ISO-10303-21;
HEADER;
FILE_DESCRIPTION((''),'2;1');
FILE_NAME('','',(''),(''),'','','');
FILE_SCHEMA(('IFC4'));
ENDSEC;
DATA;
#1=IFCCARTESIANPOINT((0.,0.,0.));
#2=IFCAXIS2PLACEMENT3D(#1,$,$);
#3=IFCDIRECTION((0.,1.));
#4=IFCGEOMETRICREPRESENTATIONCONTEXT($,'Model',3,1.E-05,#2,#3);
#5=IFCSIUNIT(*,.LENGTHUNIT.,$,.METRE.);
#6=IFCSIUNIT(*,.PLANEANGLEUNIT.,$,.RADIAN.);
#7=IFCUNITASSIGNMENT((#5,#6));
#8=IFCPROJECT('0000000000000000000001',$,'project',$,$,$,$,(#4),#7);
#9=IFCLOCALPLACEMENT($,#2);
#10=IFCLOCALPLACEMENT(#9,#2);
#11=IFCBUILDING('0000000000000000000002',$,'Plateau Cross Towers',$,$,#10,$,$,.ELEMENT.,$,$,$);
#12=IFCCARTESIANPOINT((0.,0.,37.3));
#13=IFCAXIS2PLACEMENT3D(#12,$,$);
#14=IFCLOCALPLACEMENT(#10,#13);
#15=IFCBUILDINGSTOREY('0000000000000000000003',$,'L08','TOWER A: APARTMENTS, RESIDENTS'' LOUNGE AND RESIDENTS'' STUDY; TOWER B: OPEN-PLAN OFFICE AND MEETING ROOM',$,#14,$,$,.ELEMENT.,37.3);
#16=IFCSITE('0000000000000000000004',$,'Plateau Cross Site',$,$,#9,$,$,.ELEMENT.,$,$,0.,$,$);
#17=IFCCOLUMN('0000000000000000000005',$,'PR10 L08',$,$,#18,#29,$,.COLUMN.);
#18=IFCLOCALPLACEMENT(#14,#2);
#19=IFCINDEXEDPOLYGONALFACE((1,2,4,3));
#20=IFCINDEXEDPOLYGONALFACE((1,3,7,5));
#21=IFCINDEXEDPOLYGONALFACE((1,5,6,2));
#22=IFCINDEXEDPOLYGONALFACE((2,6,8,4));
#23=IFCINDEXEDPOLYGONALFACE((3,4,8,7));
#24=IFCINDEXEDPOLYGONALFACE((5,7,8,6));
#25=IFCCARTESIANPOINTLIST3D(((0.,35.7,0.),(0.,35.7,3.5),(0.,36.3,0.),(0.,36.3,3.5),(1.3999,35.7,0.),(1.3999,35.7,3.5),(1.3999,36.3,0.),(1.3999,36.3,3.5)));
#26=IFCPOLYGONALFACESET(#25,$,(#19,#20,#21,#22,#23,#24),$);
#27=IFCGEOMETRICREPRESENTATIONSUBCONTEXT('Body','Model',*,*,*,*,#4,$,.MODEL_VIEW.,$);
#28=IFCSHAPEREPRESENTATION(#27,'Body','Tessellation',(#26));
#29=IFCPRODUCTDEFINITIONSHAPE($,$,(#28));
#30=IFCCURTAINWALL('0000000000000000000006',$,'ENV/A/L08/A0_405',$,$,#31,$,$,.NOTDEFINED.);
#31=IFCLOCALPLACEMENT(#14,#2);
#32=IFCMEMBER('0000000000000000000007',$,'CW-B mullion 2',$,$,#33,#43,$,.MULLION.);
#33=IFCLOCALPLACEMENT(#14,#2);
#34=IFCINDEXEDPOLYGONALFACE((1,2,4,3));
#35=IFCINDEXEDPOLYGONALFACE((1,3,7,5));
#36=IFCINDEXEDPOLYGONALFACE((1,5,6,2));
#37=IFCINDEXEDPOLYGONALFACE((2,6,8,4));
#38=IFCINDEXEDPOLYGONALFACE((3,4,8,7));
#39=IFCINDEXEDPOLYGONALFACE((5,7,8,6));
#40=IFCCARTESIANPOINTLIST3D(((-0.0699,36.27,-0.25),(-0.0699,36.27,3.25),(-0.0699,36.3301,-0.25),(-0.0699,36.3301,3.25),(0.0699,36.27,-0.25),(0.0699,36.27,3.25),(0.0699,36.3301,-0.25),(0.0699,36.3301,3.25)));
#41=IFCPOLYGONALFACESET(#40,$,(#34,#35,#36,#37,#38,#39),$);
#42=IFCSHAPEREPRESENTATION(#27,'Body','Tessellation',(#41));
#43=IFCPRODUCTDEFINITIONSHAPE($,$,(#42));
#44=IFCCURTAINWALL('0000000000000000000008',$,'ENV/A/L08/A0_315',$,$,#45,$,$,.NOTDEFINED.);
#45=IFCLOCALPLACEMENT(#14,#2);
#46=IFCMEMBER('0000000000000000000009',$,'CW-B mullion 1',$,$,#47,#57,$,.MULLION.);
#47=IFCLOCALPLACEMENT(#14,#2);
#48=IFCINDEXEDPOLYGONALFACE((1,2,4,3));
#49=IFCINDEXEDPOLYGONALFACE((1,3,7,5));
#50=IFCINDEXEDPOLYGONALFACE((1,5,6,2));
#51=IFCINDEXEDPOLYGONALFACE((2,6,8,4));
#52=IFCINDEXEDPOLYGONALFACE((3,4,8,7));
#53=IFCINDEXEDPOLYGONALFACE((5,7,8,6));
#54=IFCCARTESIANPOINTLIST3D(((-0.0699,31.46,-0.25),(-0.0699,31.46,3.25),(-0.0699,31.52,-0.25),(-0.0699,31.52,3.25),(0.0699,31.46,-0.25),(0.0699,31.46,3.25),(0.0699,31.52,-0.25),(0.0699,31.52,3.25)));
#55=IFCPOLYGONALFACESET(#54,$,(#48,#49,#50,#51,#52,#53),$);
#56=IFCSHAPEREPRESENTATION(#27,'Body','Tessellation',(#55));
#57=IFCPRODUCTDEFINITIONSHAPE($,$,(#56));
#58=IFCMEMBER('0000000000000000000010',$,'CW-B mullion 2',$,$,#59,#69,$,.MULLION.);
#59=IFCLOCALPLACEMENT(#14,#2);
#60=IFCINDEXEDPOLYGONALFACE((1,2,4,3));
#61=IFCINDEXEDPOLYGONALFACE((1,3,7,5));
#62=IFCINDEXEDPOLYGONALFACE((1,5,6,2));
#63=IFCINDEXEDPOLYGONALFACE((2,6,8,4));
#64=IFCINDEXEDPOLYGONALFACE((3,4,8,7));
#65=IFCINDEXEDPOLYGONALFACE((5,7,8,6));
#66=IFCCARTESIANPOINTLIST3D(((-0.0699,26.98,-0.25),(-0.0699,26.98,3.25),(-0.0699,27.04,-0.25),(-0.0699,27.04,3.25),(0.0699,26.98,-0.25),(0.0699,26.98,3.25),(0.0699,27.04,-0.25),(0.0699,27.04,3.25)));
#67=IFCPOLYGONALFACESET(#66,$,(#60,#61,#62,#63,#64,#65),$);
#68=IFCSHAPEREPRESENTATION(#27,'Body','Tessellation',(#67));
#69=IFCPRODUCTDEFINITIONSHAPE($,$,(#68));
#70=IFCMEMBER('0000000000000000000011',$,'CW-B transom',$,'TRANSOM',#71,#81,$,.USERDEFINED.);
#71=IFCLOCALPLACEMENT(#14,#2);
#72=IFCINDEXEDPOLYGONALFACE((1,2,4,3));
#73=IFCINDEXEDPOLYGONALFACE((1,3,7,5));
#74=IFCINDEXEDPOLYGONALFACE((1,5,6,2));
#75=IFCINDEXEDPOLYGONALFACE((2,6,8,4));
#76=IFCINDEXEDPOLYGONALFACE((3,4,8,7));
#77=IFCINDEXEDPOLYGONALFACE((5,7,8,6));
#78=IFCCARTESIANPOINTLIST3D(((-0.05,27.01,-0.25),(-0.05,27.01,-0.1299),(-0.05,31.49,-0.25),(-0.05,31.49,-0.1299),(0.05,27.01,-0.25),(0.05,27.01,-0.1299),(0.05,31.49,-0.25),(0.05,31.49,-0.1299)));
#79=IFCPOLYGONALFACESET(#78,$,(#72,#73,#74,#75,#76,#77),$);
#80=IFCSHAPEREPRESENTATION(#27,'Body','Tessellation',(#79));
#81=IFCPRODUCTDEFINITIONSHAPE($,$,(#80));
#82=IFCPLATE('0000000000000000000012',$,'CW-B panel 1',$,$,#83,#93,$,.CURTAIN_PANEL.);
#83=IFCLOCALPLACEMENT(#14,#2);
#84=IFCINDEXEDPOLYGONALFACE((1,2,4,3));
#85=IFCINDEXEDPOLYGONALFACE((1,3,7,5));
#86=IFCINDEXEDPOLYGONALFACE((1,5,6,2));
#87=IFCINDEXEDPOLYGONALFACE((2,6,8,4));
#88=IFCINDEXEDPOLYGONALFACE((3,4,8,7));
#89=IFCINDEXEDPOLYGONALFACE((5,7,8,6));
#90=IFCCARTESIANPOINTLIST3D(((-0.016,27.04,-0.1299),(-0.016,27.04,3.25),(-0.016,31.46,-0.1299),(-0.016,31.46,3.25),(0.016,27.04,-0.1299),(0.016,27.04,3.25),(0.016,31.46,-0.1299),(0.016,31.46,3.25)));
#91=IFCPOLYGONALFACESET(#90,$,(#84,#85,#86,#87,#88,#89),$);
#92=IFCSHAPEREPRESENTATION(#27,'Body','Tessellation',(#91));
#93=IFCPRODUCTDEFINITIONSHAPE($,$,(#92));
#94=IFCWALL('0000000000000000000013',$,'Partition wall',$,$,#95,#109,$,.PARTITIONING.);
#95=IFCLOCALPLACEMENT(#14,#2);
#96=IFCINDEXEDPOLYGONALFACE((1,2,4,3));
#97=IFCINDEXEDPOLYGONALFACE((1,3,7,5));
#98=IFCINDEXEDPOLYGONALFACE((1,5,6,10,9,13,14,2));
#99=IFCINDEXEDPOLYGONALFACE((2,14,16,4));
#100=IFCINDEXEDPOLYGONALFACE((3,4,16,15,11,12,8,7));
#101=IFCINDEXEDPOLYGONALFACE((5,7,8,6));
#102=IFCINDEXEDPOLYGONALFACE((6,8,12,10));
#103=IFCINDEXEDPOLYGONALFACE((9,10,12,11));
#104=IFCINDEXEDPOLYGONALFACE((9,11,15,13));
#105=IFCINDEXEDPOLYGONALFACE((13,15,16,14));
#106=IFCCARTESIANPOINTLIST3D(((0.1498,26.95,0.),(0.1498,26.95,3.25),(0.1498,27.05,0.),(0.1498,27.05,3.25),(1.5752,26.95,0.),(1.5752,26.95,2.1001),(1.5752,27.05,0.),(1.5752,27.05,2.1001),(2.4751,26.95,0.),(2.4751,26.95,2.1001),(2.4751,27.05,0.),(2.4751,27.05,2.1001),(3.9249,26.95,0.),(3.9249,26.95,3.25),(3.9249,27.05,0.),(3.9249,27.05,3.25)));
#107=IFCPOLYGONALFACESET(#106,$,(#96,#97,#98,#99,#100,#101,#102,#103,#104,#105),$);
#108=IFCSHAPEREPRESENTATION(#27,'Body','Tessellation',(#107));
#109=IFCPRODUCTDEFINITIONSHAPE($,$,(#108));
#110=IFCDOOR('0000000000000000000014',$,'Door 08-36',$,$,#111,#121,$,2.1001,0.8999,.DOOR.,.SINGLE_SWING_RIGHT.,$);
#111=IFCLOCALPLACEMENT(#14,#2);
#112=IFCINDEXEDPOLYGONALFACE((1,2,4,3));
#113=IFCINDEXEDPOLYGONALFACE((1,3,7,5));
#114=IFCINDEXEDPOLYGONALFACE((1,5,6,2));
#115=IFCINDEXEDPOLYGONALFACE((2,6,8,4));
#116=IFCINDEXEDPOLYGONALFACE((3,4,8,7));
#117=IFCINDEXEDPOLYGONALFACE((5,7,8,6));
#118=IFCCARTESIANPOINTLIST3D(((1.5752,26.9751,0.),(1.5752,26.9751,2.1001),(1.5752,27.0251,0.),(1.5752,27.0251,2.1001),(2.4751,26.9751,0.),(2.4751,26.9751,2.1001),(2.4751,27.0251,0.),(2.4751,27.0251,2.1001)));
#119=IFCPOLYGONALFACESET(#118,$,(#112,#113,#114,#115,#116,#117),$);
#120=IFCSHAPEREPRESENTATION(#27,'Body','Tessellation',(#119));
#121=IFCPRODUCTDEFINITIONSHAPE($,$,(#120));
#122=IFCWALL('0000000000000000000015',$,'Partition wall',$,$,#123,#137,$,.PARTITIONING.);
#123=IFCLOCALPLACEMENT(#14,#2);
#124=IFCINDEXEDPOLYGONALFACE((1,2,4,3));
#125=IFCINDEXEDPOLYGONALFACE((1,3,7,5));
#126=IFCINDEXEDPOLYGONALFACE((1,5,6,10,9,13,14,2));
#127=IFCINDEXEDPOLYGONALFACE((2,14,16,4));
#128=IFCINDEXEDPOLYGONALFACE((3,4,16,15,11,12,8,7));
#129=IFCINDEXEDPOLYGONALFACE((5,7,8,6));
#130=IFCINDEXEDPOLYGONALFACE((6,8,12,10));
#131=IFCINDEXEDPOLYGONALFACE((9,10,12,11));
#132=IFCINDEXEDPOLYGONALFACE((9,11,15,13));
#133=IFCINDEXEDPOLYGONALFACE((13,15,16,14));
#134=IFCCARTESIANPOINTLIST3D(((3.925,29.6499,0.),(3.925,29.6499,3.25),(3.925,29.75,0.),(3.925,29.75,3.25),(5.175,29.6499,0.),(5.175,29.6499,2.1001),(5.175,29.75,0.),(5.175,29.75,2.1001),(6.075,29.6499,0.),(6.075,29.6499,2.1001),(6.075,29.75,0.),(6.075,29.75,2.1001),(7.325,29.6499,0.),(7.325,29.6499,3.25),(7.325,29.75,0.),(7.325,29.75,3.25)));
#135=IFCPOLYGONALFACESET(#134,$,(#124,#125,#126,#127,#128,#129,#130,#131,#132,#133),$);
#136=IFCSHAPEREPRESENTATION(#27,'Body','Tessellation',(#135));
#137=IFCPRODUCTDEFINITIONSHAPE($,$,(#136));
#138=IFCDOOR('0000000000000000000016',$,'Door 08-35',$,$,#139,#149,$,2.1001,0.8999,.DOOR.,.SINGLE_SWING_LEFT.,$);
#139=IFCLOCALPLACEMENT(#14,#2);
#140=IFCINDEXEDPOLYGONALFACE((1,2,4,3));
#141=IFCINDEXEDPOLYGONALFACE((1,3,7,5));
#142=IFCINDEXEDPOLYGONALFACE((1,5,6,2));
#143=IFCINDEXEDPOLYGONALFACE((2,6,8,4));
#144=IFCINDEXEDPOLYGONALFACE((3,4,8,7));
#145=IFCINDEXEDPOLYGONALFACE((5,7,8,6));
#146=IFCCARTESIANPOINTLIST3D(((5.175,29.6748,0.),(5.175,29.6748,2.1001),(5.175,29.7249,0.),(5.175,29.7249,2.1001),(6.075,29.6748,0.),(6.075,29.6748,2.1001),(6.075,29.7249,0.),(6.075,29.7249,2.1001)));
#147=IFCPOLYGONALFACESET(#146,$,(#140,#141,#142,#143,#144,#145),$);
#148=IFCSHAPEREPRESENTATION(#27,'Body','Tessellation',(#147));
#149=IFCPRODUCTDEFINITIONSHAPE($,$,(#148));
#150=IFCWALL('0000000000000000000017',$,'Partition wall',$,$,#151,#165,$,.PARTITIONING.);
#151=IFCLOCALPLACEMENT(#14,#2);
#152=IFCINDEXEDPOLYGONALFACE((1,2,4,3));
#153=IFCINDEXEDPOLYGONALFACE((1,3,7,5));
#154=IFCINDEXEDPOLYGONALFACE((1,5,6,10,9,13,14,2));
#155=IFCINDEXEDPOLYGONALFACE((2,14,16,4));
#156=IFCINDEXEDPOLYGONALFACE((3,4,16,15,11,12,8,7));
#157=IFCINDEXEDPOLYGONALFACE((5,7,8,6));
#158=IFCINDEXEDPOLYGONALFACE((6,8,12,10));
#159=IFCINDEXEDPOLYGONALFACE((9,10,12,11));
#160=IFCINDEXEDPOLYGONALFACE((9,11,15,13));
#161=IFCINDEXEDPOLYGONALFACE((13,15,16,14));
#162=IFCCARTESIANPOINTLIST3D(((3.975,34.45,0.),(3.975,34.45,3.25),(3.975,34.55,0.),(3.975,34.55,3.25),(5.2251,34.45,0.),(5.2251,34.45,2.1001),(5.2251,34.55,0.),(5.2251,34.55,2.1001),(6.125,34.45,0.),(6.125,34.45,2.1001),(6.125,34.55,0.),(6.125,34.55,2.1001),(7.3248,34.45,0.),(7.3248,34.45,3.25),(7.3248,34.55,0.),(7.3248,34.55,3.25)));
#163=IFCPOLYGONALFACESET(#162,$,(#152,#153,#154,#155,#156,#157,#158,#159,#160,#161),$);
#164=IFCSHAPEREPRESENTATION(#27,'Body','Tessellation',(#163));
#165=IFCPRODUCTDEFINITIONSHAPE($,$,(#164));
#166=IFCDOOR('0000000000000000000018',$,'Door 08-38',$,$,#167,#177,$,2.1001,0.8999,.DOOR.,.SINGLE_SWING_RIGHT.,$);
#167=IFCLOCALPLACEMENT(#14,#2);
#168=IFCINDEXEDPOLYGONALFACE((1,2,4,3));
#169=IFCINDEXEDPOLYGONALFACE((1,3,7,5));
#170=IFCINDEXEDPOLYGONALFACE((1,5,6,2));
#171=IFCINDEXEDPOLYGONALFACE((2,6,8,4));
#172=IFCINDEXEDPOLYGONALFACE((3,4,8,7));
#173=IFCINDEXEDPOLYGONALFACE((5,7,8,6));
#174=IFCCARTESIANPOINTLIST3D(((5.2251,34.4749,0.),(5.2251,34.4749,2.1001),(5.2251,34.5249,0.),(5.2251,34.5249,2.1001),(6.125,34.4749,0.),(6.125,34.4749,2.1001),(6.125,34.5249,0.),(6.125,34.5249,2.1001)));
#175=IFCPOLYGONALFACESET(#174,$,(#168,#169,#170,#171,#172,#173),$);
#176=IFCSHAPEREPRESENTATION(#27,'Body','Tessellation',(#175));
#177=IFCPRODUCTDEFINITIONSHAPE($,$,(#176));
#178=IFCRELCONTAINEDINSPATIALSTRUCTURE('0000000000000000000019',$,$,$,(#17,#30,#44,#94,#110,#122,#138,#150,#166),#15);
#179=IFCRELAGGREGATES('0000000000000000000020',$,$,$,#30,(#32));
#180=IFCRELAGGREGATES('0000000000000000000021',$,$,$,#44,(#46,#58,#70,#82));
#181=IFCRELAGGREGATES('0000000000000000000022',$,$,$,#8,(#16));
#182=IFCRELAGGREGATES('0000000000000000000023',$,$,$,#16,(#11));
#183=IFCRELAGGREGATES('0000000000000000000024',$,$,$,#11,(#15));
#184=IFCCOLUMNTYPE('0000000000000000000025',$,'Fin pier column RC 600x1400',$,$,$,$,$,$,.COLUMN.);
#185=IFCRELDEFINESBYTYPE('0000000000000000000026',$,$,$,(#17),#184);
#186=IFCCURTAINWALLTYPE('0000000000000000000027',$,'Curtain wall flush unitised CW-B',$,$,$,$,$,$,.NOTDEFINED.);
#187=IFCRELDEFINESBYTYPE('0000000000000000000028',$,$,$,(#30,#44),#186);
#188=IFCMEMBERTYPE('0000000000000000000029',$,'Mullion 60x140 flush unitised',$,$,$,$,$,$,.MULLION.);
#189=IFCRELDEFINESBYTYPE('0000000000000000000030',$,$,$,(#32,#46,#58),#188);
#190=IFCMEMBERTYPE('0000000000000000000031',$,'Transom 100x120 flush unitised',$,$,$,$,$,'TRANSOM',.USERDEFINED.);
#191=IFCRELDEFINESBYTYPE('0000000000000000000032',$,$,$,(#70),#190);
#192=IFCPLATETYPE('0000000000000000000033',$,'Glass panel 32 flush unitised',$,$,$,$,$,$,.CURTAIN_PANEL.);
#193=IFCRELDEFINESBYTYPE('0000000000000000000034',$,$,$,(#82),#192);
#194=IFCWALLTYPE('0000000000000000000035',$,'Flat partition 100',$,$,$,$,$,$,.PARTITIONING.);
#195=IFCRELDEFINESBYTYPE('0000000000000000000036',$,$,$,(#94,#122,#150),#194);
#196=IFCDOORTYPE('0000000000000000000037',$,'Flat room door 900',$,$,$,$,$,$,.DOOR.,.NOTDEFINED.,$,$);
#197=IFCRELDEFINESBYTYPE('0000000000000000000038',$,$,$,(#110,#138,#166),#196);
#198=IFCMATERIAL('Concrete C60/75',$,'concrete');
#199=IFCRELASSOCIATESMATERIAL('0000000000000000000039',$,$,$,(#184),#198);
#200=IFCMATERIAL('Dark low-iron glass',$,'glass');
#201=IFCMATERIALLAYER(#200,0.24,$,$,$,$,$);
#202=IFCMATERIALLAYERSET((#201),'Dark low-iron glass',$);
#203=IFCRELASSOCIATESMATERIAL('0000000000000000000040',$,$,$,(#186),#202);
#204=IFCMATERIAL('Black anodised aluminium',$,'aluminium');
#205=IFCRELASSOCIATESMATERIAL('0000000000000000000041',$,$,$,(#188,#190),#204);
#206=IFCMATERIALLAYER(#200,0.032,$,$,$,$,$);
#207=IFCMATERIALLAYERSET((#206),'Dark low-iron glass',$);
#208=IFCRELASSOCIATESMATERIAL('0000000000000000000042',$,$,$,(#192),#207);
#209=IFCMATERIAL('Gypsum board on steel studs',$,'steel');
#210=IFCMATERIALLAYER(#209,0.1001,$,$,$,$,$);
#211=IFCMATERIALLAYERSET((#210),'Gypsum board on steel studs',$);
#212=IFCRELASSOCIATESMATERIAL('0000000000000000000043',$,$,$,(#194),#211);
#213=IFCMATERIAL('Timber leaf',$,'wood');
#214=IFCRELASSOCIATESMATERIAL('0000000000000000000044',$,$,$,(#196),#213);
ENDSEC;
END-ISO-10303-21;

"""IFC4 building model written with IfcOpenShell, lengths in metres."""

from ifc_helpers import new_model, si_unit, direction, frame, frame_2d, origin, origin_2d, place, context, subcontext, project, spatial, rectangle, extrude, material, layer, layer_set, material_profile, profile_set, type_object, element, fill, aggregate, save


model = new_model("IFC4")

# Units and contexts
model_context = context("Model", 3, precision=1e-05, world=origin(), true_north=direction((0.0, 1.0)))
body_context = subcontext(model_context, "Body", "Model", "MODEL_VIEW")
ifc_project = project(units=[si_unit("LENGTHUNIT", "METRE"), si_unit("PLANEANGLEUNIT", "RADIAN")], contexts=[model_context])

# Site, building, storey
site_placement = place(None, origin())
site = spatial("IfcSite", under=ifc_project, at=site_placement, Name="Plateau Cross Site", CompositionType="ELEMENT", RefElevation=0.0)
building_placement = place(site_placement, origin())
building = spatial("IfcBuilding", under=site, at=building_placement, Name="Plateau Cross Towers", CompositionType="ELEMENT")
storey_placement = place(building_placement, frame((0.0, 0.0, 37.3)))
storey = spatial("IfcBuildingStorey", under=building, at=storey_placement, Name="L08", Description="TOWER A: APARTMENTS, RESIDENTS' LOUNGE AND RESIDENTS' STUDY; TOWER B: OPEN-PLAN OFFICE AND MEETING ROOM", CompositionType="ELEMENT", Elevation=37.3)

# Column
ifc_material_1 = material(Name="Concrete C60/75", Category="concrete")
ifc_material_profile_1 = material_profile(ifc_material_1, rectangle(XDim=0.6001, YDim=1.3999, at=origin_2d()), Name="RC 600x1400")
ifc_profile_set_1 = profile_set([ifc_material_profile_1], Name="Concrete C60/75")
column_type = type_object("IfcColumnType", Name="Fin pier column RC 600x1400", PredefinedType="COLUMN", material=ifc_profile_set_1)
column_placement = place(storey_placement, frame((0.7, 36.0, 0.0), z_axis=(0.0, 0.0, 1.0), x_axis=(0.0, 1.0, 0.0)))
element("IfcColumn", 1, at=column_placement, inside=storey, type_object=column_type, Name="PR10 L08", PredefinedType="COLUMN", context=body_context, shape_type="SweptSolid", body=[
    extrude(rectangle(XDim=0.6001, YDim=1.3999, at=origin_2d()), origin(), (0.0, 0.0, 1.0), 3.5),
])

# Curtain wall, member
ifc_material_2 = material(Name="Dark low-iron glass", Category="glass")
ifc_layer_1 = layer(ifc_material_2, 0.24)
ifc_layer_set_1 = layer_set([ifc_layer_1], Name="Dark low-iron glass")
curtain_wall_type = type_object("IfcCurtainWallType", Name="Curtain wall flush unitised CW-B", PredefinedType="NOTDEFINED", material=ifc_layer_set_1)
curtain_wall_1_placement = place(storey_placement, origin())
curtain_wall_1 = element("IfcCurtainWall", 2, at=curtain_wall_1_placement, inside=storey, type_object=curtain_wall_type, Name="ENV/A/L08/A0_405", PredefinedType="NOTDEFINED")
ifc_material_3 = material(Name="Black anodised aluminium", Category="aluminium")
ifc_material_profile_2 = material_profile(ifc_material_3, rectangle(XDim=0.0601, YDim=0.1399, at=origin_2d()), Name="MULLION 60x140")
ifc_profile_set_2 = profile_set([ifc_material_profile_2], Name="Black anodised aluminium")
member_type_1 = type_object("IfcMemberType", Name="Mullion 60x140 flush unitised", PredefinedType="MULLION", material=ifc_profile_set_2)
member_1_placement = place(storey_placement, frame((0.0, 36.3, -0.25), z_axis=(0.0, 0.0, 1.0), x_axis=(0.0, -1.0, 0.0)))
member_1 = element("IfcMember", 3, at=member_1_placement, type_object=member_type_1, Name="CW-B mullion 2", PredefinedType="MULLION", context=body_context, shape_type="SweptSolid", body=[
    extrude(rectangle(XDim=0.0601, YDim=0.1399, at=origin_2d()), origin(), (0.0, 0.0, 1.0), 3.5),
])
aggregate(curtain_wall_1, [member_1])

# Curtain wall, members, plate
curtain_wall_2_placement = place(storey_placement, origin())
curtain_wall_2 = element("IfcCurtainWall", 4, at=curtain_wall_2_placement, inside=storey, type_object=curtain_wall_type, Name="ENV/A/L08/A0_315", PredefinedType="NOTDEFINED")
member_2_placement = place(storey_placement, frame((0.0, 31.49, -0.25), z_axis=(0.0, 0.0, 1.0), x_axis=(0.0, -1.0, 0.0)))
member_2 = element("IfcMember", 5, at=member_2_placement, type_object=member_type_1, Name="CW-B mullion 1", PredefinedType="MULLION", context=body_context, shape_type="SweptSolid", body=[
    extrude(rectangle(XDim=0.0601, YDim=0.1399, at=origin_2d()), origin(), (0.0, 0.0, 1.0), 3.5),
])
member_3_placement = place(storey_placement, frame((0.0, 27.01, -0.25), z_axis=(0.0, 0.0, 1.0), x_axis=(0.0, -1.0, 0.0)))
member_3 = element("IfcMember", 6, at=member_3_placement, type_object=member_type_1, Name="CW-B mullion 2", PredefinedType="MULLION", context=body_context, shape_type="SweptSolid", body=[
    extrude(rectangle(XDim=0.0601, YDim=0.1399, at=origin_2d()), origin(), (0.0, 0.0, 1.0), 3.5),
])
ifc_material_profile_3 = material_profile(ifc_material_3, rectangle(XDim=0.1001, YDim=0.1201, at=origin_2d()), Name="TRANSOM 100x120")
ifc_profile_set_3 = profile_set([ifc_material_profile_3], Name="Black anodised aluminium")
member_type_2 = type_object("IfcMemberType", Name="Transom 100x120 flush unitised", ElementType="TRANSOM", PredefinedType="USERDEFINED", material=ifc_profile_set_3)
member_4_placement = place(storey_placement, frame((0.0, 31.49, -0.1899), z_axis=(0.0, -1.0, 0.0), x_axis=(1.0, 0.0, 0.0)))
member_4 = element("IfcMember", 7, at=member_4_placement, type_object=member_type_2, Name="CW-B transom", ObjectType="TRANSOM", PredefinedType="USERDEFINED", context=body_context, shape_type="SweptSolid", body=[
    extrude(rectangle(XDim=0.1001, YDim=0.1201, at=origin_2d()), origin(), (0.0, 0.0, 1.0), 4.48),
])
ifc_layer_2 = layer(ifc_material_2, 0.032)
ifc_layer_set_2 = layer_set([ifc_layer_2], Name="Dark low-iron glass")
plate_type = type_object("IfcPlateType", Name="Glass panel 32 flush unitised", PredefinedType="CURTAIN_PANEL", material=ifc_layer_set_2)
plate_placement = place(storey_placement, frame((0.0, 29.25, -0.1299), z_axis=(0.0, 0.0, 1.0), x_axis=(0.0, -1.0, 0.0)))
plate = element("IfcPlate", 8, at=plate_placement, type_object=plate_type, Name="CW-B panel 1", PredefinedType="CURTAIN_PANEL", context=body_context, shape_type="SweptSolid", body=[
    extrude(rectangle(XDim=4.4199, YDim=0.032, at=origin_2d()), origin(), (0.0, 0.0, 1.0), 3.3799),
])
aggregate(curtain_wall_2, [member_2, member_3, member_4, plate])

# Walls, openings, doors
ifc_material_4 = material(Name="Gypsum board on steel studs", Category="steel")
ifc_layer_3 = layer(ifc_material_4, 0.1001)
ifc_layer_set_3 = layer_set([ifc_layer_3], Name="Gypsum board on steel studs")
wall_type_1 = type_object("IfcWallType", Name="Flat partition 100", PredefinedType="PARTITIONING", material=ifc_layer_set_3)
wall_1_placement = place(storey_placement, frame((3.925, 27.0, 0.0), z_axis=(0.0, 0.0, 1.0), x_axis=(-1.0, 0.0, 0.0)))
wall_1 = element("IfcWall", 9, at=wall_1_placement, inside=storey, type_object=wall_type_1, Name="Partition wall", PredefinedType="PARTITIONING", context=body_context, shape_type="SweptSolid", body=[
    extrude(rectangle(XDim=3.7751, YDim=0.1001, at=frame_2d((1.8877, 0.0))), origin(), (0.0, 0.0, 1.0), 3.25),
])
opening_1_placement = place(wall_1_placement, frame((1.45, 0.0, 0.0)))
opening_1 = element("IfcOpeningElement", 10, at=opening_1_placement, cuts=wall_1, PredefinedType="OPENING", context=body_context, shape_type="SweptSolid", body=[
    extrude(rectangle(XDim=0.8999, YDim=2.1001, at=frame_2d((0.45, 1.05))), frame((0.0, 0.0601, 0.0), z_axis=(0.0, -1.0, 0.0), x_axis=(1.0, 0.0, 0.0)), (0.0, 0.0, 1.0), 0.1201),
])
ifc_material_5 = material(Name="Timber leaf", Category="wood")
door_type_1 = type_object("IfcDoorType", Name="Flat room door 900", OperationType="NOTDEFINED", PredefinedType="DOOR", material=ifc_material_5)
door_1_placement = place(opening_1_placement, origin())
door_1 = element("IfcDoor", 11, at=door_1_placement, inside=storey, type_object=door_type_1, Name="Door 08-36", OperationType="SINGLE_SWING_RIGHT", OverallHeight=2.1001, OverallWidth=0.8999, PredefinedType="DOOR", context=body_context, shape_type="SweptSolid", body=[
    extrude(rectangle(XDim=0.8999, YDim=2.1001, at=frame_2d((0.45, 1.05))), frame((0.0, 0.0249, 0.0), z_axis=(0.0, -1.0, 0.0), x_axis=(1.0, 0.0, 0.0)), (0.0, 0.0, 1.0), 0.05),
])
fill(opening_1, door_1)
wall_2_placement = place(storey_placement, frame((3.925, 29.7, 0.0), z_axis=(0.0, 0.0, 1.0), x_axis=(1.0, 0.0, 0.0)))
wall_2 = element("IfcWall", 12, at=wall_2_placement, inside=storey, type_object=wall_type_1, Name="Partition wall", PredefinedType="PARTITIONING", context=body_context, shape_type="SweptSolid", body=[
    extrude(rectangle(XDim=3.3999, YDim=0.1001, at=frame_2d((1.7, 0.0))), origin(), (0.0, 0.0, 1.0), 3.25),
])
opening_2_placement = place(wall_2_placement, frame((1.25, 0.0, 0.0)))
opening_2 = element("IfcOpeningElement", 13, at=opening_2_placement, cuts=wall_2, PredefinedType="OPENING", context=body_context, shape_type="SweptSolid", body=[
    extrude(rectangle(XDim=0.8999, YDim=2.1001, at=frame_2d((0.45, 1.05))), frame((0.0, 0.0601, 0.0), z_axis=(0.0, -1.0, 0.0), x_axis=(1.0, 0.0, 0.0)), (0.0, 0.0, 1.0), 0.1201),
])
door_2_placement = place(opening_2_placement, origin())
door_2 = element("IfcDoor", 14, at=door_2_placement, inside=storey, type_object=door_type_1, Name="Door 08-35", OperationType="SINGLE_SWING_LEFT", OverallHeight=2.1001, OverallWidth=0.8999, PredefinedType="DOOR", context=body_context, shape_type="SweptSolid", body=[
    extrude(rectangle(XDim=0.8999, YDim=2.1001, at=frame_2d((0.45, 1.05))), frame((0.0, 0.0249, 0.0), z_axis=(0.0, -1.0, 0.0), x_axis=(1.0, 0.0, 0.0)), (0.0, 0.0, 1.0), 0.05),
])
fill(opening_2, door_2)
wall_3_placement = place(storey_placement, frame((3.9751, 34.5, 0.0), z_axis=(0.0, 0.0, 1.0), x_axis=(1.0, 0.0, 0.0)))
wall_3 = element("IfcWall", 15, at=wall_3_placement, inside=storey, type_object=wall_type_1, Name="Partition wall", PredefinedType="PARTITIONING", context=body_context, shape_type="SweptSolid", body=[
    extrude(rectangle(XDim=3.3499, YDim=0.1001, at=frame_2d((1.6748, 0.0))), origin(), (0.0, 0.0, 1.0), 3.25),
])
opening_3_placement = place(wall_3_placement, frame((1.25, 0.0, 0.0)))
opening_3 = element("IfcOpeningElement", 16, at=opening_3_placement, cuts=wall_3, PredefinedType="OPENING", context=body_context, shape_type="SweptSolid", body=[
    extrude(rectangle(XDim=0.8999, YDim=2.1001, at=frame_2d((0.45, 1.05))), frame((0.0, 0.0601, 0.0), z_axis=(0.0, -1.0, 0.0), x_axis=(1.0, 0.0, 0.0)), (0.0, 0.0, 1.0), 0.1201),
])
door_3_placement = place(opening_3_placement, origin())
door_3 = element("IfcDoor", 17, at=door_3_placement, inside=storey, type_object=door_type_1, Name="Door 08-38", OperationType="SINGLE_SWING_RIGHT", OverallHeight=2.1001, OverallWidth=0.8999, PredefinedType="DOOR", context=body_context, shape_type="SweptSolid", body=[
    extrude(rectangle(XDim=0.8999, YDim=2.1001, at=frame_2d((0.45, 1.05))), frame((0.0, 0.0249, 0.0), z_axis=(0.0, -1.0, 0.0), x_axis=(1.0, 0.0, 0.0)), (0.0, 0.0, 1.0), 0.05),
])
fill(opening_3, door_3)

save(model, "model.ifc")
